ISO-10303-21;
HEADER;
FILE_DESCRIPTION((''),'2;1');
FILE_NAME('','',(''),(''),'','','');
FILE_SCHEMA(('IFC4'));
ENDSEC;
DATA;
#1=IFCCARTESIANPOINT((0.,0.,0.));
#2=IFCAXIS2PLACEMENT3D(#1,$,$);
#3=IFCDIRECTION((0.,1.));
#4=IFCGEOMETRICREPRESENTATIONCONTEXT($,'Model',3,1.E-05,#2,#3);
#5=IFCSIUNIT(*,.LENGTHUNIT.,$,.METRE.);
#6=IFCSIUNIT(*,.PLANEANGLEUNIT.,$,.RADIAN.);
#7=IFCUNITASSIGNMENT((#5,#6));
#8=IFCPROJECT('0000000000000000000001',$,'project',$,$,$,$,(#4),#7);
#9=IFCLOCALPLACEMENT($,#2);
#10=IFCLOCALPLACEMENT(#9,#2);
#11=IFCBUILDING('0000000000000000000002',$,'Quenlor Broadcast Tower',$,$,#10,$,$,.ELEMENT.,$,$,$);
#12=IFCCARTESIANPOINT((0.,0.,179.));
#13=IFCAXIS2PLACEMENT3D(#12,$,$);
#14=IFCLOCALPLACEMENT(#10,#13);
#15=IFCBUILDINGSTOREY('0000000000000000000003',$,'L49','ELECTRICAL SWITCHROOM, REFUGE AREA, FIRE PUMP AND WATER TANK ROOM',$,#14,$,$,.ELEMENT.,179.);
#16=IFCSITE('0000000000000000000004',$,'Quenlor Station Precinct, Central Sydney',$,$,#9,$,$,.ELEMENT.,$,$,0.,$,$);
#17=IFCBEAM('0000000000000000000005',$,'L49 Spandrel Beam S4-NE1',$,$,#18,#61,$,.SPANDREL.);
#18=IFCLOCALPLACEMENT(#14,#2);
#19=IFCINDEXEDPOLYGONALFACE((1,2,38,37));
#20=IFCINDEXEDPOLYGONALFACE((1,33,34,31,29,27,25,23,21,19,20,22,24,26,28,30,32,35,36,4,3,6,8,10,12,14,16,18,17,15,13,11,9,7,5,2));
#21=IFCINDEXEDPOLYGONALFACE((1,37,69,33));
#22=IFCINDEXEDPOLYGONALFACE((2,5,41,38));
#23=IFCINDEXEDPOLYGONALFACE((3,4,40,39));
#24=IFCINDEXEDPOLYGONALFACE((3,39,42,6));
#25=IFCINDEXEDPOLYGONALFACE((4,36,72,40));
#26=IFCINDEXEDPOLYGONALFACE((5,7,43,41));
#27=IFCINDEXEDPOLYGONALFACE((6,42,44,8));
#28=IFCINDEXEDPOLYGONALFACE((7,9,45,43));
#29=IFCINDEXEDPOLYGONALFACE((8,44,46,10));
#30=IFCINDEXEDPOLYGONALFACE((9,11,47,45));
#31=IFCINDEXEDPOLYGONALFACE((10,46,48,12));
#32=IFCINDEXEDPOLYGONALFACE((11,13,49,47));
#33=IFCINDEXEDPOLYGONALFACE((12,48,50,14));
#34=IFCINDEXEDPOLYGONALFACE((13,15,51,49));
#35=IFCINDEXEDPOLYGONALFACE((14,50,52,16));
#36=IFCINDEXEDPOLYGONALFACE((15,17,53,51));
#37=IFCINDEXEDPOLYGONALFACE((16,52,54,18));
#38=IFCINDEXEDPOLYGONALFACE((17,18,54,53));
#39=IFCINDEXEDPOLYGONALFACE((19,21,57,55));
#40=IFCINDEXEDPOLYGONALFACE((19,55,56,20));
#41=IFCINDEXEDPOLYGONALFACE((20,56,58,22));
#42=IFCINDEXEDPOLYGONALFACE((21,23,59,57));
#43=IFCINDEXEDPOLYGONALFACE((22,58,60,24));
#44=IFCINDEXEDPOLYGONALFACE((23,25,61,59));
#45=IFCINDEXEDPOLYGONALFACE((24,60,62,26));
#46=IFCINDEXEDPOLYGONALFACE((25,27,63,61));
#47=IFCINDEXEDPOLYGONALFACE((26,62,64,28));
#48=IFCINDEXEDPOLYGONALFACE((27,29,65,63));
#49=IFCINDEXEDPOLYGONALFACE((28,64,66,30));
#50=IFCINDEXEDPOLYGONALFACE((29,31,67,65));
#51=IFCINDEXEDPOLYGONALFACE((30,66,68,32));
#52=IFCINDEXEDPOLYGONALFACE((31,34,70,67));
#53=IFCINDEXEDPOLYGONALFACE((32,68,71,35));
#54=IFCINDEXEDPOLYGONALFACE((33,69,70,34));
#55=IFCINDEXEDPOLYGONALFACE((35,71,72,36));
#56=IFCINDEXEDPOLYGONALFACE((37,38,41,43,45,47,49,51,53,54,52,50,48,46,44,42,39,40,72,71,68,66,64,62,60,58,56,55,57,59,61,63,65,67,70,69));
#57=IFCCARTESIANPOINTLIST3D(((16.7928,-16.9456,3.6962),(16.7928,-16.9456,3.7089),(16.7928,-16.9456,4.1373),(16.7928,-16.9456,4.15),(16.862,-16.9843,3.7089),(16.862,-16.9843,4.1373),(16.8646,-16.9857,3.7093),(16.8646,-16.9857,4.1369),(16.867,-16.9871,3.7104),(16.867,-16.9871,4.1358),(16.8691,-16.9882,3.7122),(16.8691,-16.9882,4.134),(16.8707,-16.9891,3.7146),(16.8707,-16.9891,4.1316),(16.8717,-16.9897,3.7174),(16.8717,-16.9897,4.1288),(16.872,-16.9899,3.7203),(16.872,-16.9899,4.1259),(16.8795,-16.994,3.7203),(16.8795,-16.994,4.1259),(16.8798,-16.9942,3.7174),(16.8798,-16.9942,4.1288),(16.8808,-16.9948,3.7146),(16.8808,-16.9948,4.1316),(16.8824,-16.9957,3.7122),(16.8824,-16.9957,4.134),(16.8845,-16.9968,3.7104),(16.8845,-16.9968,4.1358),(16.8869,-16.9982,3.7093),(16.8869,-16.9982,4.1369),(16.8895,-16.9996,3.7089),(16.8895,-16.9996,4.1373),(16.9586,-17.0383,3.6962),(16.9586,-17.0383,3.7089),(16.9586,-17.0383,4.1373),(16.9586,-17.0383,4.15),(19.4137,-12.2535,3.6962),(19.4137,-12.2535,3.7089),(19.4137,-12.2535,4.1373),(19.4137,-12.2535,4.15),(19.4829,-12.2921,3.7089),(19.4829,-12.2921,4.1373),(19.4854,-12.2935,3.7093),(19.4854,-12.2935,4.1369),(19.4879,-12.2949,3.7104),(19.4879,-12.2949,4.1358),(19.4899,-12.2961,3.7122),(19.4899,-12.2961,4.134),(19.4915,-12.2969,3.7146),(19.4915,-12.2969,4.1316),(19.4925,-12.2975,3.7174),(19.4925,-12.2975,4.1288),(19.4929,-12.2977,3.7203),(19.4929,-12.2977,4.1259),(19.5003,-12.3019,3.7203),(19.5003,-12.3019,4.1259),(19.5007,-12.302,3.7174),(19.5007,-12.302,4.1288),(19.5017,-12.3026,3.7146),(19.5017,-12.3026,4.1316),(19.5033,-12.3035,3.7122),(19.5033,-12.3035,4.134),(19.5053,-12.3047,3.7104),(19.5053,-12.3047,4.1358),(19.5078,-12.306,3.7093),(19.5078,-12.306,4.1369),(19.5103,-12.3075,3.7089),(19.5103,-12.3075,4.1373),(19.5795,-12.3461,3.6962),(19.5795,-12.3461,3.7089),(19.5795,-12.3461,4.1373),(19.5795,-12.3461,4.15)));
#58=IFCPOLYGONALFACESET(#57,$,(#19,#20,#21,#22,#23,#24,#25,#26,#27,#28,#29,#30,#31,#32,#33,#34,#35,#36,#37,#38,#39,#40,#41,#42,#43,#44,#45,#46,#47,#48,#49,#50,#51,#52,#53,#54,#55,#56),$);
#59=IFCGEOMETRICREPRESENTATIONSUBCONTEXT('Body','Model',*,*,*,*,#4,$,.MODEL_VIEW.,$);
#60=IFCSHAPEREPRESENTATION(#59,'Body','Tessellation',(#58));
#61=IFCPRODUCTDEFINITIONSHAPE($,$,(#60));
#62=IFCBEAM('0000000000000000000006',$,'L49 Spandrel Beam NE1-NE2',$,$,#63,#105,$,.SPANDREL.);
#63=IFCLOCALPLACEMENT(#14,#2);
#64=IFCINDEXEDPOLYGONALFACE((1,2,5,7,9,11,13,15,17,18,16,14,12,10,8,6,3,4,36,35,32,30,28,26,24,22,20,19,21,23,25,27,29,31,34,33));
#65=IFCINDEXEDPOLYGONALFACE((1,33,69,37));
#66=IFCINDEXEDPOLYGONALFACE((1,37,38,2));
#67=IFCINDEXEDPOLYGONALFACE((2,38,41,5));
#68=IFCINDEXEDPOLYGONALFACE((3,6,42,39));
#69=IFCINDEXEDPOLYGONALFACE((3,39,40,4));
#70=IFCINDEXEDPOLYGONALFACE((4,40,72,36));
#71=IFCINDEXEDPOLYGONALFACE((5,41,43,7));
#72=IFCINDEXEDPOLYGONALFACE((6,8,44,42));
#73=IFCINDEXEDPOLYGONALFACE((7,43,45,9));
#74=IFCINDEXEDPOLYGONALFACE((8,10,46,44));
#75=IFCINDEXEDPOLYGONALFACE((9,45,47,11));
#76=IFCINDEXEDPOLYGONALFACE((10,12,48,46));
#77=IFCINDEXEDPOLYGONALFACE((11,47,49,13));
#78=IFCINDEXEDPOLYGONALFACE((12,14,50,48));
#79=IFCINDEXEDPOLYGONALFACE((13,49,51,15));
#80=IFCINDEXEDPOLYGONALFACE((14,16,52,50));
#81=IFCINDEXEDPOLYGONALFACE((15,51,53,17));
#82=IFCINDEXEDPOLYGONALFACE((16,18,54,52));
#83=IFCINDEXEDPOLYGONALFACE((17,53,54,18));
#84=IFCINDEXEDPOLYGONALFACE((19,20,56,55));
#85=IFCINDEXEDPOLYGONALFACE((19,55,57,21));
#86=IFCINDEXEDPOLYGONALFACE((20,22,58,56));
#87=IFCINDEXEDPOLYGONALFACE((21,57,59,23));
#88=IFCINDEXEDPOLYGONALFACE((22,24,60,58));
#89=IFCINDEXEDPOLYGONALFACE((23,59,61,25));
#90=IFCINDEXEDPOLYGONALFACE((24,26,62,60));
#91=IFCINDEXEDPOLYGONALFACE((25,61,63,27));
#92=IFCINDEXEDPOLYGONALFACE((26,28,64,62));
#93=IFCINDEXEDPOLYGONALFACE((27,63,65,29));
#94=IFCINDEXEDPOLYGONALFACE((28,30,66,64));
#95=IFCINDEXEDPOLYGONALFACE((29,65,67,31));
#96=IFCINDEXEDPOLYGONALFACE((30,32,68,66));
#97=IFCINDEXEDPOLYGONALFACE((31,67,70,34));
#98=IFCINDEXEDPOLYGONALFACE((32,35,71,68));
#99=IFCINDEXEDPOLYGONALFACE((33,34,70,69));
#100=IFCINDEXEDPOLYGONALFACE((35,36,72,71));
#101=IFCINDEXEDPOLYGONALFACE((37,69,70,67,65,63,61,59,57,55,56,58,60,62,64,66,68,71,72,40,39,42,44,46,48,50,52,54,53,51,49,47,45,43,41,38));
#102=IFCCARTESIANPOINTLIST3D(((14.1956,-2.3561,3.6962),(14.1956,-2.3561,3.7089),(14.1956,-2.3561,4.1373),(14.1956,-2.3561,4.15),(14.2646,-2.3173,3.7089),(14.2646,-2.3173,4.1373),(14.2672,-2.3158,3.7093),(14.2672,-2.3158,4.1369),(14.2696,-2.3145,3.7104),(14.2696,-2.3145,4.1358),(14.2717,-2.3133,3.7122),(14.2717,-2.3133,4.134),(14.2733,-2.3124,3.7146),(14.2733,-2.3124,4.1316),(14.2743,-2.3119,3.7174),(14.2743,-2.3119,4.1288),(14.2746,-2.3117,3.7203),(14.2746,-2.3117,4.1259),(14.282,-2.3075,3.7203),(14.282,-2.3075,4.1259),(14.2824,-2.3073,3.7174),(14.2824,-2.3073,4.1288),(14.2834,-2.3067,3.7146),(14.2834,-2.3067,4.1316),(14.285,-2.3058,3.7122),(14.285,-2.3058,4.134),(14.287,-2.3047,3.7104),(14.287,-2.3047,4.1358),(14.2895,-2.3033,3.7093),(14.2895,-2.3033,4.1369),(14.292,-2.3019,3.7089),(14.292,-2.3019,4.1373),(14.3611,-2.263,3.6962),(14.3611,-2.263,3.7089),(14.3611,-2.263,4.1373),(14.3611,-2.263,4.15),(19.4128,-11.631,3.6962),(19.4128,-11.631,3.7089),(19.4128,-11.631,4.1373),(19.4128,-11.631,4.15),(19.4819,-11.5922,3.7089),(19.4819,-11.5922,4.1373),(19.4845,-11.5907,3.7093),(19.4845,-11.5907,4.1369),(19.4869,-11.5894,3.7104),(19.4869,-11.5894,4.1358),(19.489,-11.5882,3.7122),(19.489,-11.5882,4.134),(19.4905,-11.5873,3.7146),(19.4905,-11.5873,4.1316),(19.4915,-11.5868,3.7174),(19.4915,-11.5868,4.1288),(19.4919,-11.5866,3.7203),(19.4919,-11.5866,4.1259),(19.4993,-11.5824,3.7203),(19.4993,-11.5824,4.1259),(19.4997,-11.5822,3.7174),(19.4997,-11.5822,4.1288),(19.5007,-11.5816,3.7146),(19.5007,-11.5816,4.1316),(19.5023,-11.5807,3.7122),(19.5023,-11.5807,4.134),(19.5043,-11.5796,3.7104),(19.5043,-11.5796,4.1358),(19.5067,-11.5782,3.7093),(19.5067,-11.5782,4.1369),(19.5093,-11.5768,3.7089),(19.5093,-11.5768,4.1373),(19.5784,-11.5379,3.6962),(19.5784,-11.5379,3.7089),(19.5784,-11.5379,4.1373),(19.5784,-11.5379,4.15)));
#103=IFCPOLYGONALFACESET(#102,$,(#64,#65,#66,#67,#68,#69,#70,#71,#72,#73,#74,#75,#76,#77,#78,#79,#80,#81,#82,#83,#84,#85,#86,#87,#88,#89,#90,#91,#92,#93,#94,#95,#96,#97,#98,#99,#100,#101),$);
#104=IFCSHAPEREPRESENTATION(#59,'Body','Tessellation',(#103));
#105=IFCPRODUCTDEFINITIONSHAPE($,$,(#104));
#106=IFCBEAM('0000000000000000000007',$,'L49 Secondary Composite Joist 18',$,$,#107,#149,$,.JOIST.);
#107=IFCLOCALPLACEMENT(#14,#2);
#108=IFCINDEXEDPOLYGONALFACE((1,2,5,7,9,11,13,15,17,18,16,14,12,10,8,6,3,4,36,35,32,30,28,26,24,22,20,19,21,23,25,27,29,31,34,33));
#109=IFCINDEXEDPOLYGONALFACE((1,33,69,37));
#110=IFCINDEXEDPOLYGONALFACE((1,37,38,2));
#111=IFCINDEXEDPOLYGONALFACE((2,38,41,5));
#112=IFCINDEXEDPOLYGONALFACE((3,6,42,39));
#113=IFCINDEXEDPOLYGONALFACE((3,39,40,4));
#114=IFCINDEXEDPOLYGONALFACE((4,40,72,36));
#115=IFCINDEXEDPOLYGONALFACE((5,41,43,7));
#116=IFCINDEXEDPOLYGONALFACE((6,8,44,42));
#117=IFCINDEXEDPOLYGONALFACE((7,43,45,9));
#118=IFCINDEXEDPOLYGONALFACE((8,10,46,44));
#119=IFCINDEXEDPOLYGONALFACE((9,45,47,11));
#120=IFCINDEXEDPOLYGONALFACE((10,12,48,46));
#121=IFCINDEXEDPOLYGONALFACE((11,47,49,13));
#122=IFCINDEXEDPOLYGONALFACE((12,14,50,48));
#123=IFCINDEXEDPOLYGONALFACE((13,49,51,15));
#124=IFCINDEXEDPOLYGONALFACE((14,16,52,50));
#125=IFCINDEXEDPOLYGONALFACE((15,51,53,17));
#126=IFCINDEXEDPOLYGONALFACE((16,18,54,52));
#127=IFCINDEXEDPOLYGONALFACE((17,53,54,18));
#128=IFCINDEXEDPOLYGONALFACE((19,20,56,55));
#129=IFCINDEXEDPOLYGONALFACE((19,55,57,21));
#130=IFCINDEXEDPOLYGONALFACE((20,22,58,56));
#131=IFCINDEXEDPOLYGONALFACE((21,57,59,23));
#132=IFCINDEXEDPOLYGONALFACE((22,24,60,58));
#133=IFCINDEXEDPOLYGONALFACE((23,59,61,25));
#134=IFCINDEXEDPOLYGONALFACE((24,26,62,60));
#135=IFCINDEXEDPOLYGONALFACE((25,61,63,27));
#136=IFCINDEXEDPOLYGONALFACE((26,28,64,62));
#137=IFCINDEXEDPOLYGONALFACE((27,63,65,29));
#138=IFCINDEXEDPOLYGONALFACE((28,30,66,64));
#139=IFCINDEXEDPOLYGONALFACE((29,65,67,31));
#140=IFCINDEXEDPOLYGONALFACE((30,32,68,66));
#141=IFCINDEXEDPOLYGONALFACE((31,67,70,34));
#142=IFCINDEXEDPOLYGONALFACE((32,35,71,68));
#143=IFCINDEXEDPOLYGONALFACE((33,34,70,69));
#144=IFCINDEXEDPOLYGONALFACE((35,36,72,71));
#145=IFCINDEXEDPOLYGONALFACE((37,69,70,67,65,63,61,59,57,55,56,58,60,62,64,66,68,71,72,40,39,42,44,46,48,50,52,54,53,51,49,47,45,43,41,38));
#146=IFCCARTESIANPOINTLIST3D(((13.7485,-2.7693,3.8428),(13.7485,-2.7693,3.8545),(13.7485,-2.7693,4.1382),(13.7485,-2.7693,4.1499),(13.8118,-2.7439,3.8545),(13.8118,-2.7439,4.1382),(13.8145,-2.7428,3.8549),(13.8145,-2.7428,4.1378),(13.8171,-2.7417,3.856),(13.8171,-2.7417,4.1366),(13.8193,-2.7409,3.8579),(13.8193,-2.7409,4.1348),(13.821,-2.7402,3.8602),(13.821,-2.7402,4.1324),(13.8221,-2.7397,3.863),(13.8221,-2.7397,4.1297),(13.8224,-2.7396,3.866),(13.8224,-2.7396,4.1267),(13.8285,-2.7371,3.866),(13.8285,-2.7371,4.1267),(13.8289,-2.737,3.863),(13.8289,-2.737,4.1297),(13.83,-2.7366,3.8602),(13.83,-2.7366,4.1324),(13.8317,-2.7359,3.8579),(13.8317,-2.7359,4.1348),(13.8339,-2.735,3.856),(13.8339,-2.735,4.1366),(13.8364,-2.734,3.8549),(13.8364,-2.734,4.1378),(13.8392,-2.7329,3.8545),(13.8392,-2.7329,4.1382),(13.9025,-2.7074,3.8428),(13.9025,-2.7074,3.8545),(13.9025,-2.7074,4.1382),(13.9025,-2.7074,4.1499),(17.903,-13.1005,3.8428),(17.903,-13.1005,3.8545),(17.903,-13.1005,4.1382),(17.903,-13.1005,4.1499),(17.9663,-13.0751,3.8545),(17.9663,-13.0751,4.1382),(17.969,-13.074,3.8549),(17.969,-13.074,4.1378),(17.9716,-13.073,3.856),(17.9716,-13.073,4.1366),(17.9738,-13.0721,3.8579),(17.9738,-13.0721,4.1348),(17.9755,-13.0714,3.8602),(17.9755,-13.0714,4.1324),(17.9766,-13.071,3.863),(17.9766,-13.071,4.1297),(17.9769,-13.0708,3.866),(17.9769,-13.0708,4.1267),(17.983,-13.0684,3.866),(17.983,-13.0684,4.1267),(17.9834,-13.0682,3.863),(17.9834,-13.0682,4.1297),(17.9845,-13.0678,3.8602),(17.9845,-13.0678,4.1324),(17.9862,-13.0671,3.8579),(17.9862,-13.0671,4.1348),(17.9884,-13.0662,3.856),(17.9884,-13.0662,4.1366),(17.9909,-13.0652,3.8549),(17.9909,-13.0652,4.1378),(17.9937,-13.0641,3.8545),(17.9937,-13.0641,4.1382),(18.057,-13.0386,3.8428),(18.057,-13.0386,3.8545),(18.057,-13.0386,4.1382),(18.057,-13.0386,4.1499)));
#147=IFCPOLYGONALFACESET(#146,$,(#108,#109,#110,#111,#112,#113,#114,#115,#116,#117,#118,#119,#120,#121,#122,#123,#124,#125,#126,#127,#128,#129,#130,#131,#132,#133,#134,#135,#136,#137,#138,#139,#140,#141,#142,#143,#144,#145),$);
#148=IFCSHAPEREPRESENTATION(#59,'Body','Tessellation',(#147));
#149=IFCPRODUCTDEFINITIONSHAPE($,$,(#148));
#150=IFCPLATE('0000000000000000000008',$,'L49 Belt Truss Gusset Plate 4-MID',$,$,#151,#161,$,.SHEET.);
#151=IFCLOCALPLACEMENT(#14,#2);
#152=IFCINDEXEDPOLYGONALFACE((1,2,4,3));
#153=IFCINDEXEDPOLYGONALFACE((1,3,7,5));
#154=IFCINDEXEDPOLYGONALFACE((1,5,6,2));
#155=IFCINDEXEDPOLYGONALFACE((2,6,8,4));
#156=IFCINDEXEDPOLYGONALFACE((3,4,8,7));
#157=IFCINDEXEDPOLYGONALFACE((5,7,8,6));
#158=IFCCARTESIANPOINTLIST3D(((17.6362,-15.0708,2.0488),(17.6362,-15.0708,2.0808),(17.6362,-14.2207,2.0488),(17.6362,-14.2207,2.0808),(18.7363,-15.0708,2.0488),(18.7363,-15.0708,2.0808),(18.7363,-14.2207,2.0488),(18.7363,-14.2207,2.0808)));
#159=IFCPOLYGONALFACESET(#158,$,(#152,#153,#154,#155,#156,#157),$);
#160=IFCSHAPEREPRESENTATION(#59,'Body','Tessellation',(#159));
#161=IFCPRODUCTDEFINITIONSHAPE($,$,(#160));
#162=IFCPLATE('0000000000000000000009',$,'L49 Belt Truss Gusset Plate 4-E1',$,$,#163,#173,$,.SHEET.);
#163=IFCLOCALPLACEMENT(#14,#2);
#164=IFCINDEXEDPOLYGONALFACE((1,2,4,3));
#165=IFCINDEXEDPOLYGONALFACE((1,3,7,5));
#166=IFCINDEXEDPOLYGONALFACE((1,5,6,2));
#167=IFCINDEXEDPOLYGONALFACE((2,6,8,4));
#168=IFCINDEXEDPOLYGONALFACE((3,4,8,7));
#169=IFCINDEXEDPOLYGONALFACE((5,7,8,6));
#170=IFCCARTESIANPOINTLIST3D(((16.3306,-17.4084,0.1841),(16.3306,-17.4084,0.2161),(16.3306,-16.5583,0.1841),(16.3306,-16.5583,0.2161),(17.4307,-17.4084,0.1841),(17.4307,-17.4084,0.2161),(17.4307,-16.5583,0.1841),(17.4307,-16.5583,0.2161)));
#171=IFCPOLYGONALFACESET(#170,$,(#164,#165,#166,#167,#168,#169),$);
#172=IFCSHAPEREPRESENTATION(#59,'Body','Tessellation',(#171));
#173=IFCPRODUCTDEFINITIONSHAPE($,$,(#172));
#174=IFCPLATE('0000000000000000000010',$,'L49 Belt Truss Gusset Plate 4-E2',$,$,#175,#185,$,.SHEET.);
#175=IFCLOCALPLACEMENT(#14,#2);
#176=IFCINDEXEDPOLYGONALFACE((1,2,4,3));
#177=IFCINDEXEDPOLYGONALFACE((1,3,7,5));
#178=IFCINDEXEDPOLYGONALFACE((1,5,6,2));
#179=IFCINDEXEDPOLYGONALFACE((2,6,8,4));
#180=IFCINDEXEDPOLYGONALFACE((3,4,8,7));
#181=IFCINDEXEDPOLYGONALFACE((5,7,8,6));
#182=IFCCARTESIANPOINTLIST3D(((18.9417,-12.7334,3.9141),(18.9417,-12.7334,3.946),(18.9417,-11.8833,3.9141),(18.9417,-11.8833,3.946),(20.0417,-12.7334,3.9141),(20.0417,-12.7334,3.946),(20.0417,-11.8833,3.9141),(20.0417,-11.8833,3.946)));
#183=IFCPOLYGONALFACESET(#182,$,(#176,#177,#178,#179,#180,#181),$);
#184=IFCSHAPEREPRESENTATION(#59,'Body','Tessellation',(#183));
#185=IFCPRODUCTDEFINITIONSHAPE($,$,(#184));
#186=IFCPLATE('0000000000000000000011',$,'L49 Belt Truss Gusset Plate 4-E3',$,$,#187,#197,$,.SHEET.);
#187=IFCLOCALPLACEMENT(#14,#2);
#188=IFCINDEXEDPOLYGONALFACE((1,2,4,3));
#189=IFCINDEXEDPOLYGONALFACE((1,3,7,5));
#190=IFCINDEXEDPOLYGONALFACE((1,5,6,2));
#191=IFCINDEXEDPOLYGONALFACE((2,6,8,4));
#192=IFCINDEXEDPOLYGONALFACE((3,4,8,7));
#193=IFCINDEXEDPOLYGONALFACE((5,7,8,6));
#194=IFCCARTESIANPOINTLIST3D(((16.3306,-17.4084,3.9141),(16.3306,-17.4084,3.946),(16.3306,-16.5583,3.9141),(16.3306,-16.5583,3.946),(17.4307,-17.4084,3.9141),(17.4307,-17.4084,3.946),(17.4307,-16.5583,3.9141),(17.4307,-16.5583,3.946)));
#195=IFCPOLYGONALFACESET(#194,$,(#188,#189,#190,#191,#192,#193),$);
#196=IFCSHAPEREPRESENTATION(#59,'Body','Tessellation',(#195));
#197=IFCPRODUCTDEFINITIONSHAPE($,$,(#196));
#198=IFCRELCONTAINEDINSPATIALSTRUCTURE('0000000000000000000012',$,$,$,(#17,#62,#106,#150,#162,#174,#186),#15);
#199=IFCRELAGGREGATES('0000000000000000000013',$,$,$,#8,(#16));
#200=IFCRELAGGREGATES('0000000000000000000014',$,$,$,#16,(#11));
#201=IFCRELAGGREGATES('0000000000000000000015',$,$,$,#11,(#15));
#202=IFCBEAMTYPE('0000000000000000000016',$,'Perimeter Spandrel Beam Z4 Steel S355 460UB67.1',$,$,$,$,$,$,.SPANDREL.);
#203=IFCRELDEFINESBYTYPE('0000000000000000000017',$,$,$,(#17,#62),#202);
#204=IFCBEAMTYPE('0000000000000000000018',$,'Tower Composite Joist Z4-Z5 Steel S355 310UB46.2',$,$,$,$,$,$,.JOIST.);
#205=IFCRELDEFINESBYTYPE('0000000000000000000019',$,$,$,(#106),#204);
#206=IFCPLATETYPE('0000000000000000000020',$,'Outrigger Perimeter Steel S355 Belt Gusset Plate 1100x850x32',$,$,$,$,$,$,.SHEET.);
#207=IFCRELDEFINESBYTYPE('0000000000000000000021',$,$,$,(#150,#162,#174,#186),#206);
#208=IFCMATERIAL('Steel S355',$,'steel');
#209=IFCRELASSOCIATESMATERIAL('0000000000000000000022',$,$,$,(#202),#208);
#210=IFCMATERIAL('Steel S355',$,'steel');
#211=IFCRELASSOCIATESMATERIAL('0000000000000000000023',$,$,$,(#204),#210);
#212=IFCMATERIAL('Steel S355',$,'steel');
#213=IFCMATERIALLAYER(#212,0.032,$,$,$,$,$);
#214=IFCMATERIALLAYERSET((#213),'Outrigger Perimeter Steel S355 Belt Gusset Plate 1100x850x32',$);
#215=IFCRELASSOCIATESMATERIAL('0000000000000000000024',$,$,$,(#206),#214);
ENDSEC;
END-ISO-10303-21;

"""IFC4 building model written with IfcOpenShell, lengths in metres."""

from ifc_helpers import new_model, si_unit, direction, frame, origin, origin_2d, place, context, subcontext, project, spatial, rectangle, i_section, extrude, material, layer, layer_set, material_profile, profile_set, type_object, element, save


model = new_model("IFC4")

# Units and contexts
model_context = context("Model", 3, precision=1e-05, world=origin(), true_north=direction((0.0, 1.0)))
body_context = subcontext(model_context, "Body", "Model", "MODEL_VIEW")
ifc_project = project(units=[si_unit("LENGTHUNIT", "METRE"), si_unit("PLANEANGLEUNIT", "RADIAN")], contexts=[model_context])

# Site, building, storey
site_placement = place(None, origin())
site = spatial("IfcSite", under=ifc_project, at=site_placement, Name="Quenlor Station Precinct, Central Sydney", CompositionType="ELEMENT", RefElevation=0.0)
building_placement = place(site_placement, origin())
building = spatial("IfcBuilding", under=site, at=building_placement, Name="Quenlor Broadcast Tower", CompositionType="ELEMENT")
storey_placement = place(building_placement, frame((0.0, 0.0, 179.0)))
storey = spatial("IfcBuildingStorey", under=building, at=storey_placement, Name="L49", Description="ELECTRICAL SWITCHROOM, REFUGE AREA, FIRE PUMP AND WATER TANK ROOM", CompositionType="ELEMENT", Elevation=179.0)

# Beams
ifc_material_1 = material(Name="Steel S355", Category="steel")
ifc_material_profile_1 = material_profile(ifc_material_1, i_section(OverallWidth=0.1899, OverallDepth=0.4539, WebThickness=0.0085, FlangeThickness=0.0127, FilletRadius=0.0115, at=origin_2d()))
ifc_profile_set_1 = profile_set([ifc_material_profile_1], Name="Steel S355 460UB67.1")
beam_type_1 = type_object("IfcBeamType", Name="Perimeter Spandrel Beam Z4 Steel S355 460UB67.1", PredefinedType="SPANDREL", material=ifc_profile_set_1)
beam_1_placement = place(storey_placement, frame((16.8757, -16.9919, 3.9231), z_axis=(0.487647, 0.873041, 0.0), x_axis=(-0.873041, 0.487647, 0.0)))
element("IfcBeam", 1, at=beam_1_placement, inside=storey, type_object=beam_type_1, Name="L49 Spandrel Beam S4-NE1", PredefinedType="SPANDREL", context=body_context, shape_type="SweptSolid", body=[
    extrude(i_section(OverallWidth=0.1899, OverallDepth=0.4539, WebThickness=0.0085, FlangeThickness=0.0127, FilletRadius=0.0115, at=origin_2d()), origin(), (0.0, 0.0, 1.0), 5.3745),
])
beam_2_placement = place(storey_placement, frame((19.4956, -11.5845, 3.9231), z_axis=(-0.490272, 0.871569, 0.0), x_axis=(-0.871569, -0.490272, 0.0)))
element("IfcBeam", 2, at=beam_2_placement, inside=storey, type_object=beam_type_1, Name="L49 Spandrel Beam NE1-NE2", PredefinedType="SPANDREL", context=body_context, shape_type="SweptSolid", body=[
    extrude(i_section(OverallWidth=0.1899, OverallDepth=0.4539, WebThickness=0.0085, FlangeThickness=0.0127, FilletRadius=0.0115, at=origin_2d()), origin(), (0.0, 0.0, 1.0), 10.6416),
])
ifc_material_2 = material(Name="Steel S355", Category="steel")
ifc_material_profile_2 = material_profile(ifc_material_2, i_section(OverallWidth=0.166, OverallDepth=0.3071, WebThickness=0.0066, FlangeThickness=0.0117, FilletRadius=0.0115, at=origin_2d()))
ifc_profile_set_2 = profile_set([ifc_material_profile_2], Name="Steel S355 310UB46.2")
beam_type_2 = type_object("IfcBeamType", Name="Tower Composite Joist Z4-Z5 Steel S355 310UB46.2", PredefinedType="JOIST", material=ifc_profile_set_2)
beam_3_placement = place(storey_placement, frame((17.98, -13.0696, 3.9963), z_axis=(-0.373095, 0.927793, 0.0), x_axis=(-0.927793, -0.373095, 0.0)))
element("IfcBeam", 3, at=beam_3_placement, inside=storey, type_object=beam_type_2, Name="L49 Secondary Composite Joist 18", PredefinedType="JOIST", context=body_context, shape_type="SweptSolid", body=[
    extrude(i_section(OverallWidth=0.166, OverallDepth=0.3071, WebThickness=0.0066, FlangeThickness=0.0117, FilletRadius=0.0115, at=origin_2d()), origin(), (0.0, 0.0, 1.0), 11.1353),
])

# Plates
ifc_material_3 = material(Name="Steel S355", Category="steel")
ifc_layer_1 = layer(ifc_material_3, 0.032)
ifc_layer_set_1 = layer_set([ifc_layer_1], Name="Outrigger Perimeter Steel S355 Belt Gusset Plate 1100x850x32")
plate_type_1 = type_object("IfcPlateType", Name="Outrigger Perimeter Steel S355 Belt Gusset Plate 1100x850x32", PredefinedType="SHEET", material=ifc_layer_set_1)
for number, where, z_axis, x_axis, name in (
    (4, (18.1863, -14.6458, 2.0488), (0.0, 0.0, 1.0), (1.0, 0.0, 0.0), "L49 Belt Truss Gusset Plate 4-MID"),
    (5, (16.8806, -16.9834, 0.1841), (0.0, 0.0, 1.0), (1.0, 0.0, 0.0), "L49 Belt Truss Gusset Plate 4-E1"),
    (6, (19.4917, -12.3083, 3.9141), (0.0, 0.0, 1.0), (1.0, 0.0, 0.0), "L49 Belt Truss Gusset Plate 4-E2"),
    (7, (16.8806, -16.9834, 3.9141), (0.0, 0.0, 1.0), (1.0, 0.0, 0.0), "L49 Belt Truss Gusset Plate 4-E3"),
):
    element("IfcPlate", number, at=place(storey_placement, frame(where, z_axis=z_axis, x_axis=x_axis)), inside=storey, type_object=plate_type_1, Name=name, PredefinedType="SHEET", context=body_context, shape_type="SweptSolid", body=[
        extrude(rectangle(XDim=1.1001, YDim=0.8501, at=origin_2d()), origin(), (0.0, 0.0, 1.0), 0.032),
    ])

save(model, "model.ifc")
